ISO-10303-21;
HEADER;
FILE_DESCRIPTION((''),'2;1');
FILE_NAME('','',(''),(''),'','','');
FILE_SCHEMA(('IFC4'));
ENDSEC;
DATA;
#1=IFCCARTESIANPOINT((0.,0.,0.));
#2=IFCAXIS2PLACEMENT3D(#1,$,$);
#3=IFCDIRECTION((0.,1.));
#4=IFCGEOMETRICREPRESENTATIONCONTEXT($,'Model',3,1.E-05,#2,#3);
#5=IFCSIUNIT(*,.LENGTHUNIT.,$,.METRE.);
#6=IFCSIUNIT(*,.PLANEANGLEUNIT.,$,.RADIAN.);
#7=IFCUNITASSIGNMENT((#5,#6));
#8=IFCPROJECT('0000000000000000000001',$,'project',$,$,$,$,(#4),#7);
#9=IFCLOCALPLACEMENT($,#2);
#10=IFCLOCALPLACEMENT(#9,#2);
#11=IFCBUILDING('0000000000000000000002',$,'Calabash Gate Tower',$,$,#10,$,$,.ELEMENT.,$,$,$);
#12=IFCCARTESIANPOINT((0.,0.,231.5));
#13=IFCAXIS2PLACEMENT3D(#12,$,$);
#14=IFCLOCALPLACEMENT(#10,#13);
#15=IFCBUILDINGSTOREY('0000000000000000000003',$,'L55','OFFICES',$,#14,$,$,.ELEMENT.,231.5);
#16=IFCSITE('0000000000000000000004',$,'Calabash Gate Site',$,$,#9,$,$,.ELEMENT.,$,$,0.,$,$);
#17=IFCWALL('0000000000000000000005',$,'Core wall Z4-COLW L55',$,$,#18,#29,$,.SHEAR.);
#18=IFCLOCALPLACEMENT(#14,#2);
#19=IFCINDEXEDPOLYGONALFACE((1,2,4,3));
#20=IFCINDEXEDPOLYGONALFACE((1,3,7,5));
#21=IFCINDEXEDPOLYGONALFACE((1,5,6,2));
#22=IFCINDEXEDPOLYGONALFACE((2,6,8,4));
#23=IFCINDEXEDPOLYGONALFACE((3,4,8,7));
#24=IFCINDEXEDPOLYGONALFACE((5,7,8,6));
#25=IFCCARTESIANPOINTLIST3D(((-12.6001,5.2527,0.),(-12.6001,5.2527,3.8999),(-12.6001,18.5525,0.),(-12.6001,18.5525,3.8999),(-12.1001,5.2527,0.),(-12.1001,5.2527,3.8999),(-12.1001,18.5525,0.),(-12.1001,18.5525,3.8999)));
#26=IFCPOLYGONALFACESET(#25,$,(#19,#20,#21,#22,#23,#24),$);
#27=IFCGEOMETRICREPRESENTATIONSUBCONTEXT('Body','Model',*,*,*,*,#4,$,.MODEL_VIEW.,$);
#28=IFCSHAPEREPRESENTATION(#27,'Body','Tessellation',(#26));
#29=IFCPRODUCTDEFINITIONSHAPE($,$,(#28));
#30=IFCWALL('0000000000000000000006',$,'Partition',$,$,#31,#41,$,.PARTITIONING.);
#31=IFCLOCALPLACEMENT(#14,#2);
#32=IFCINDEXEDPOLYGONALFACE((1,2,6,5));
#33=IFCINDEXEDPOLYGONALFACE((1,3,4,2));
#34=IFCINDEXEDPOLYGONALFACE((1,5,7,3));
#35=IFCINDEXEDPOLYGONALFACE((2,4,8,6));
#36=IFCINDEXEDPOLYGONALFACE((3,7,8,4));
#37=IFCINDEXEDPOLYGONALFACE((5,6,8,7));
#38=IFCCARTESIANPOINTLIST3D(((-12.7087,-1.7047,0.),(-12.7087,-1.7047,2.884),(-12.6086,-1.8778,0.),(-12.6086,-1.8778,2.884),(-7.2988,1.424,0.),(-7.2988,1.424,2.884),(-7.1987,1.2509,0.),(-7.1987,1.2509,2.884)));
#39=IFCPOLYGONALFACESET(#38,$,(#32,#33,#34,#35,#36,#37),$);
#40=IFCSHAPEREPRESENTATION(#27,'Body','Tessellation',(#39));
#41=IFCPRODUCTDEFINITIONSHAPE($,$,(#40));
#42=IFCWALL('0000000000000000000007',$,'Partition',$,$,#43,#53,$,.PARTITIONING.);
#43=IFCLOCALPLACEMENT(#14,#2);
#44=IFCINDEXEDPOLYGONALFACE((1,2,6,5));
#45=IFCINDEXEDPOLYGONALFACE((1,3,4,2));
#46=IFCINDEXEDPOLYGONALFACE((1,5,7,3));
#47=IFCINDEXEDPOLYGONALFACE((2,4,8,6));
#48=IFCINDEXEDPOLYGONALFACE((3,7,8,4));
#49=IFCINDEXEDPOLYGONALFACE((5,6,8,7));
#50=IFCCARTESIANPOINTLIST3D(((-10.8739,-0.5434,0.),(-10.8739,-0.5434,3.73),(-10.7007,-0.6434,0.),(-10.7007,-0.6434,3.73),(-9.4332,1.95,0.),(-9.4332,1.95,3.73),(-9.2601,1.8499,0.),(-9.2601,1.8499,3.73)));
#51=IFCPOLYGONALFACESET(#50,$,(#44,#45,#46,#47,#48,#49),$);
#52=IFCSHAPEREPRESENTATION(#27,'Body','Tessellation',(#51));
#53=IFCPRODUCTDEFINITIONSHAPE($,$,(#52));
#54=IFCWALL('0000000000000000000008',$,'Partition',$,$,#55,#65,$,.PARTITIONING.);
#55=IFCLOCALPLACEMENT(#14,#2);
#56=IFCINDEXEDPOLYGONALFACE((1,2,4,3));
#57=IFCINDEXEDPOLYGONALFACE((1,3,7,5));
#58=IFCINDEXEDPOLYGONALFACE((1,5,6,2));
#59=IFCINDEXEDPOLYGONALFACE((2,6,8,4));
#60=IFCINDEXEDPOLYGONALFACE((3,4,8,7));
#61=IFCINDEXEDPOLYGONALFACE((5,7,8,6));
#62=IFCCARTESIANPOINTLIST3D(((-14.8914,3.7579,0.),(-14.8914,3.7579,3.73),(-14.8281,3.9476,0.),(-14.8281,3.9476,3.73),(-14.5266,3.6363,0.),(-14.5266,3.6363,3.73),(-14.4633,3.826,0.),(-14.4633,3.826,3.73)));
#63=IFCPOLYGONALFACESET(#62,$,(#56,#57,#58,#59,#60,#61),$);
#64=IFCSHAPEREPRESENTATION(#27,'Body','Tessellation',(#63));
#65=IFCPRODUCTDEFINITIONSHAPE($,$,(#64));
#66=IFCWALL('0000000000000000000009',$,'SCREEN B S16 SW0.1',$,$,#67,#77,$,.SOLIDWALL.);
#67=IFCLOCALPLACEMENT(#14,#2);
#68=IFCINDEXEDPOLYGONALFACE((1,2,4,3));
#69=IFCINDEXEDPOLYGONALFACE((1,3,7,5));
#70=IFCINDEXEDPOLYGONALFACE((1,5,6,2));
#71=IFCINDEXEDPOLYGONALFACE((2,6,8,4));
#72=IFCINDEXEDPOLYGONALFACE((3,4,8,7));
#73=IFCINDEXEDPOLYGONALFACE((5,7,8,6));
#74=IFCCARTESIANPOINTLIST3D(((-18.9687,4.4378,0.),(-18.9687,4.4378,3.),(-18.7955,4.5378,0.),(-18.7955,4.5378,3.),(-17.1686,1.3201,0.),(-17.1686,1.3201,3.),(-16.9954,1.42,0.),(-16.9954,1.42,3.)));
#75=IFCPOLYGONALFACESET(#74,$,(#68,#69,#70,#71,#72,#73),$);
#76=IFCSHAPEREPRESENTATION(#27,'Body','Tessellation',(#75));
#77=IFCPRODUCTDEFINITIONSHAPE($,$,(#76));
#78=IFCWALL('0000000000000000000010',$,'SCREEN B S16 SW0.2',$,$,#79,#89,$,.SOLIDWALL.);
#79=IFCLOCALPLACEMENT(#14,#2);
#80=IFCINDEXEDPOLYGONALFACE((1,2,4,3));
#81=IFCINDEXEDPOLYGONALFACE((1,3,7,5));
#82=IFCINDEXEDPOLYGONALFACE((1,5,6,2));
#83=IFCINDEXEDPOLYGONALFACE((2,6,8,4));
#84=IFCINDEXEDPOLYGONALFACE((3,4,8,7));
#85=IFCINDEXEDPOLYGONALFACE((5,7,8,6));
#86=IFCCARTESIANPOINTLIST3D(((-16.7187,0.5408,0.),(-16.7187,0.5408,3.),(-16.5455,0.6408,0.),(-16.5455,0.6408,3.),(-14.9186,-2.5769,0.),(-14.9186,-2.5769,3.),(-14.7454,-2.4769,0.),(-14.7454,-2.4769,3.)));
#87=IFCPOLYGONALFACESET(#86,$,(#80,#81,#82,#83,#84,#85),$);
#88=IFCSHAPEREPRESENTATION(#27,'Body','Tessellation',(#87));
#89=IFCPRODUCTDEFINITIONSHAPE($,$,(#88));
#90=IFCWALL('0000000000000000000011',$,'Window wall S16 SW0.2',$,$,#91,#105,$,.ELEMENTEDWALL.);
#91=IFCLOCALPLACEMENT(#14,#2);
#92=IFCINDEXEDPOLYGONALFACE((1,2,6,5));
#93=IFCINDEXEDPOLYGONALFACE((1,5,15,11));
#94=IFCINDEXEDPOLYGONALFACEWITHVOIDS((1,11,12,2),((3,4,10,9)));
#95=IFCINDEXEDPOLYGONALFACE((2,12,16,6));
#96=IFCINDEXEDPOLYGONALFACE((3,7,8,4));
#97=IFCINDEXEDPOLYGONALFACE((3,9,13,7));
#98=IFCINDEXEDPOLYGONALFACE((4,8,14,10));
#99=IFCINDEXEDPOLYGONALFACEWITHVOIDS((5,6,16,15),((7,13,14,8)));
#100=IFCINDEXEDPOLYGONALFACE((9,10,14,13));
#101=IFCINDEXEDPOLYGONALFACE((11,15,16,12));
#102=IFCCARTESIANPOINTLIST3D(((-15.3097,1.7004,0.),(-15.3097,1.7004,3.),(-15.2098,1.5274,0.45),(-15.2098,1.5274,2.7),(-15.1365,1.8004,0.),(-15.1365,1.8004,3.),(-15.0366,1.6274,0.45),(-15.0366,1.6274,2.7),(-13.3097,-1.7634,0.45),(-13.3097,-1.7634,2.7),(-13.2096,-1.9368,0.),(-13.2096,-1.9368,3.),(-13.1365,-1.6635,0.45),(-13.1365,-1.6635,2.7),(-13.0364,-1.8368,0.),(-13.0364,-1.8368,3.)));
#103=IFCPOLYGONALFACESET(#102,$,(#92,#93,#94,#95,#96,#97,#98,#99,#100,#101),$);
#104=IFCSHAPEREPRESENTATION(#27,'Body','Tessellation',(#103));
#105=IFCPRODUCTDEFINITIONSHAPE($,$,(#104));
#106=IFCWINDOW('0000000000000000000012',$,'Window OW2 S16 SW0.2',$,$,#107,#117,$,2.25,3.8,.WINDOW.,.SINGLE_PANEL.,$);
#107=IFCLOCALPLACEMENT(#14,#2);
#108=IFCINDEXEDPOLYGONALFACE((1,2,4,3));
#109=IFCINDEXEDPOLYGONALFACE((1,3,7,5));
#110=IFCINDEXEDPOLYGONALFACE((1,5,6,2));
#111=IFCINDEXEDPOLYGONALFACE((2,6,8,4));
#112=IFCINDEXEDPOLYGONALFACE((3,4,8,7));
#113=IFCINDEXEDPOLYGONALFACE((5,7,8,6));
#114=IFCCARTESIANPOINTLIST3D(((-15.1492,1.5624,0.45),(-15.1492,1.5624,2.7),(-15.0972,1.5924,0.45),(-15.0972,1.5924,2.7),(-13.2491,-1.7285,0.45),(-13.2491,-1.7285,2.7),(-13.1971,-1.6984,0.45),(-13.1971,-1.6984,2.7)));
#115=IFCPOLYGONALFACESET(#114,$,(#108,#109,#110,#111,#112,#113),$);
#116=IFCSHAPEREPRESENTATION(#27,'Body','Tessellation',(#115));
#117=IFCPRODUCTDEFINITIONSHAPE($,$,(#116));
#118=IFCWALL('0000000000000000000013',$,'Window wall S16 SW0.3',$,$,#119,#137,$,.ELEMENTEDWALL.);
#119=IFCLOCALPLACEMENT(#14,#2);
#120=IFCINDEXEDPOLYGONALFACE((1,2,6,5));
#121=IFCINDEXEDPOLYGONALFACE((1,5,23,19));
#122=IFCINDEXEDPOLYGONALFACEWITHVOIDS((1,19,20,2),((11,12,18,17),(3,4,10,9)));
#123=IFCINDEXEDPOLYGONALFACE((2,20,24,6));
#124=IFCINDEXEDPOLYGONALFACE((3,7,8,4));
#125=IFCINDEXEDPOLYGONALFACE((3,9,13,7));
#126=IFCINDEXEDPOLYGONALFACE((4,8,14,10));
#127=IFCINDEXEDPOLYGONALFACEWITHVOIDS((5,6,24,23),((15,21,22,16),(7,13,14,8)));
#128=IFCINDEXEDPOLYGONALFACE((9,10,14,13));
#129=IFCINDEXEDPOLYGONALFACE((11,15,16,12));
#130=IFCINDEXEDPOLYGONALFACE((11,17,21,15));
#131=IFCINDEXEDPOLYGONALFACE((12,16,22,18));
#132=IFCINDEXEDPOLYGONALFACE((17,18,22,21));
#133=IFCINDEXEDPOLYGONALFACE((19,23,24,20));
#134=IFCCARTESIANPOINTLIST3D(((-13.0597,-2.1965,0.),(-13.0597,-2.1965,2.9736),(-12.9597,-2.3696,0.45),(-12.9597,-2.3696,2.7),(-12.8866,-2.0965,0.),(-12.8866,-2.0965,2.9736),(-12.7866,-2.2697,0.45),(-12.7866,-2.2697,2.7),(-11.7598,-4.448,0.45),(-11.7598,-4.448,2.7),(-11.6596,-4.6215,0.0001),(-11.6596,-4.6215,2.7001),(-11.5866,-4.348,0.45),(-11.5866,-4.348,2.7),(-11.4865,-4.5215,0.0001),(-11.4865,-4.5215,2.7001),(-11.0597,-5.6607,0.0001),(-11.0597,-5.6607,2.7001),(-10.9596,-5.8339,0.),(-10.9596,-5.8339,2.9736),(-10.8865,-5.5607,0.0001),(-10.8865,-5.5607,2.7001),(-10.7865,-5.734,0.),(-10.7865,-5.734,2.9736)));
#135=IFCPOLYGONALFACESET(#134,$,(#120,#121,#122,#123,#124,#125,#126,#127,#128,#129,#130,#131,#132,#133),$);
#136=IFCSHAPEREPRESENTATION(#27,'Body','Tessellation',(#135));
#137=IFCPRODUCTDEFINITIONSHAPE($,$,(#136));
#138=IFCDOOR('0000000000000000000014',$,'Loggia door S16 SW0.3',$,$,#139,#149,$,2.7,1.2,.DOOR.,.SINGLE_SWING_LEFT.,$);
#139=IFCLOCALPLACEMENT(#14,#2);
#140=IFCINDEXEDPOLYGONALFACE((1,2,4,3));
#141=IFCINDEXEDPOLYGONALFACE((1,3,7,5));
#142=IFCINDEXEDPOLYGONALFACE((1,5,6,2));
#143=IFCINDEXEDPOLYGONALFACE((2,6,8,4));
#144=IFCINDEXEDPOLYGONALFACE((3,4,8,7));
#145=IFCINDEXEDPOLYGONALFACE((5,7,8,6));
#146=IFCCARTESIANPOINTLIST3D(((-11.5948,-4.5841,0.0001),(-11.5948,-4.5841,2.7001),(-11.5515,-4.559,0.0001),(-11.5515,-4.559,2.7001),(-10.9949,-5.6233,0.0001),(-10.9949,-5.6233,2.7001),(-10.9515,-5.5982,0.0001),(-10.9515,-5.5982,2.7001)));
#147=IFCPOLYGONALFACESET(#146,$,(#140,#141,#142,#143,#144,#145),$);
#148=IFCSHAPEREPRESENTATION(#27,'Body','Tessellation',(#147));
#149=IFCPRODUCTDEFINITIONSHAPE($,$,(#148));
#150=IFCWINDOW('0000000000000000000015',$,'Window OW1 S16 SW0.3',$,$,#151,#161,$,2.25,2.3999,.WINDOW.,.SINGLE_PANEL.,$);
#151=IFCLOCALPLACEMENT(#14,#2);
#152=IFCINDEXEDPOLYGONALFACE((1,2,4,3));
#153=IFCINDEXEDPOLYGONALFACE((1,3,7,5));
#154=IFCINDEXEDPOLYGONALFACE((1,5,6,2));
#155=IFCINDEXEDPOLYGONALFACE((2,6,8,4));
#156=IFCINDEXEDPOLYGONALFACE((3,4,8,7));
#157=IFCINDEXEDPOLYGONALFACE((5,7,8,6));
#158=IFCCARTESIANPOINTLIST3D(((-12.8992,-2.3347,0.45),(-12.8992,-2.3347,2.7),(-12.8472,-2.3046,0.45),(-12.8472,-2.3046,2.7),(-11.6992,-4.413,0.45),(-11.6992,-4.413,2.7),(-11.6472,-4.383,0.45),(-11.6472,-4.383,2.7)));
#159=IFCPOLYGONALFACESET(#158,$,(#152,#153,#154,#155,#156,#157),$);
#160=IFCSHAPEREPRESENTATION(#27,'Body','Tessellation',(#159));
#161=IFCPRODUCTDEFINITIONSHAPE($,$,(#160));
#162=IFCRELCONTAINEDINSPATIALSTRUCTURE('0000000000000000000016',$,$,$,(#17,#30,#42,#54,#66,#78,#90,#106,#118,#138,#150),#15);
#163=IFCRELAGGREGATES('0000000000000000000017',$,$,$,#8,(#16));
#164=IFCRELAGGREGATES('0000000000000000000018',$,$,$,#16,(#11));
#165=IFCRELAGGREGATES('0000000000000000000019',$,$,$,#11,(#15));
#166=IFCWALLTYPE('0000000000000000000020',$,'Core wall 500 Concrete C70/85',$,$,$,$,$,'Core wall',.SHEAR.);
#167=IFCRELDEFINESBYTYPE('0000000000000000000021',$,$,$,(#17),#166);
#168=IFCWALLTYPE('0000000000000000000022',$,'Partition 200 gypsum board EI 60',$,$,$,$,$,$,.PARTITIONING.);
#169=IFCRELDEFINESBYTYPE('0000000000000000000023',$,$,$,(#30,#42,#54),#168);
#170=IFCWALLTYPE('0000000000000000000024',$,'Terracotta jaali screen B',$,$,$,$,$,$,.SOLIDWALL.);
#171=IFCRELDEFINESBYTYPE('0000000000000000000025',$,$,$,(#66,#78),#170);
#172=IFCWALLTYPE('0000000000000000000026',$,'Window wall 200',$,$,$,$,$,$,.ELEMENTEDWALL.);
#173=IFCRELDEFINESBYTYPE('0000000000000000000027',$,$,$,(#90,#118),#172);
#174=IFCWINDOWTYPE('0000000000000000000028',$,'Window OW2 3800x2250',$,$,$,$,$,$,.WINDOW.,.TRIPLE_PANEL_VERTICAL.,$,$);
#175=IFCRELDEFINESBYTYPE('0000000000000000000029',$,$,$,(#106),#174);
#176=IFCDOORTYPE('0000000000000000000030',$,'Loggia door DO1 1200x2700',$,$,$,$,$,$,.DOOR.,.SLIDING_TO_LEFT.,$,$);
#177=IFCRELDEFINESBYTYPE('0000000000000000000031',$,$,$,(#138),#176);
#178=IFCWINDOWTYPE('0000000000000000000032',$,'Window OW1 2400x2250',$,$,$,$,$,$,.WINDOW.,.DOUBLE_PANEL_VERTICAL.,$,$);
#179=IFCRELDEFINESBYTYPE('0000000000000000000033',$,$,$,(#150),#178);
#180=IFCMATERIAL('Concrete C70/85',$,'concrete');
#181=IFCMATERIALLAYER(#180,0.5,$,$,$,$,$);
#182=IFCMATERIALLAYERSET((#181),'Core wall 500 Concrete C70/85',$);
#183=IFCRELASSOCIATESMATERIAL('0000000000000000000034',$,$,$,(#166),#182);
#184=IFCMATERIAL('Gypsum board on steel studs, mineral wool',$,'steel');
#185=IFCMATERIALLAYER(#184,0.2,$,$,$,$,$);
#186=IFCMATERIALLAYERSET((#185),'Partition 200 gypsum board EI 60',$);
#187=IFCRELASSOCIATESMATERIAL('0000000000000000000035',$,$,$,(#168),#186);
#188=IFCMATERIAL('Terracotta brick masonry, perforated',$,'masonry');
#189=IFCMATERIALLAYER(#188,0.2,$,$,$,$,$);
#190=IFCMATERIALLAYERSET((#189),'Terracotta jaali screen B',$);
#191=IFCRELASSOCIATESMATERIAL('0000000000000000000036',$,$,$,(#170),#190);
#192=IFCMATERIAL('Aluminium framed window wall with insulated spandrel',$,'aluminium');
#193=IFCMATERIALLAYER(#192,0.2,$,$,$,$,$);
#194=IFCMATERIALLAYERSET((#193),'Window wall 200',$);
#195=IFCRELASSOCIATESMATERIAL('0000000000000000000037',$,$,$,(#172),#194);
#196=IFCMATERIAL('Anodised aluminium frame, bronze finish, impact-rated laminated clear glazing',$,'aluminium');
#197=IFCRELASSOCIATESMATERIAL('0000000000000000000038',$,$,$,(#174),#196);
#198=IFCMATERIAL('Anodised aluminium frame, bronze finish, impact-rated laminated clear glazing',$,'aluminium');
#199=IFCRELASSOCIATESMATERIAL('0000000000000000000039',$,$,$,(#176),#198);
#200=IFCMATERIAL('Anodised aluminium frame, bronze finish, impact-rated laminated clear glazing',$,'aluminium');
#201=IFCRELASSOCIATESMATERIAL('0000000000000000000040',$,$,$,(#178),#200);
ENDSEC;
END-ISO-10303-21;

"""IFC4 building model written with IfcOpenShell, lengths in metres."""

from ifc_helpers import new_model, si_unit, direction, frame, frame_2d, origin, place, context, subcontext, project, spatial, rectangle, extrude, material, layer, layer_set, type_object, element, fill, save


model = new_model("IFC4")

# Units and contexts
model_context = context("Model", 3, precision=1e-05, world=origin(), true_north=direction((0.0, 1.0)))
body_context = subcontext(model_context, "Body", "Model", "MODEL_VIEW")
ifc_project = project(units=[si_unit("LENGTHUNIT", "METRE"), si_unit("PLANEANGLEUNIT", "RADIAN")], contexts=[model_context])

# Site, building, storey
site_placement = place(None, origin())
site = spatial("IfcSite", under=ifc_project, at=site_placement, Name="Calabash Gate Site", CompositionType="ELEMENT", RefElevation=0.0)
building_placement = place(site_placement, origin())
building = spatial("IfcBuilding", under=site, at=building_placement, Name="Calabash Gate Tower", CompositionType="ELEMENT")
storey_placement = place(building_placement, frame((0.0, 0.0, 231.5)))
storey = spatial("IfcBuildingStorey", under=building, at=storey_placement, Name="L55", Description="OFFICES", CompositionType="ELEMENT", Elevation=231.5)

# Walls
ifc_material_1 = material(Name="Concrete C70/85", Category="concrete")
ifc_layer_1 = layer(ifc_material_1, 0.5)
ifc_layer_set_1 = layer_set([ifc_layer_1], Name="Core wall 500 Concrete C70/85")
wall_type_1 = type_object("IfcWallType", Name="Core wall 500 Concrete C70/85", ElementType="Core wall", PredefinedType="SHEAR", material=ifc_layer_set_1)
wall_1_placement = place(storey_placement, frame((-12.3501, 5.2527, 0.0), z_axis=(0.0, 0.0, 1.0), x_axis=(0.0, 1.0, 0.0)))
element("IfcWall", 1, at=wall_1_placement, inside=storey, type_object=wall_type_1, Name="Core wall Z4-COLW L55", PredefinedType="SHEAR", context=body_context, shape_type="SweptSolid", body=[
    extrude(rectangle(XDim=13.2998, YDim=0.5, at=frame_2d((6.6499, 0.0))), origin(), (0.0, 0.0, 1.0), 3.8999),
])
ifc_material_2 = material(Name="Gypsum board on steel studs, mineral wool", Category="steel")
ifc_layer_2 = layer(ifc_material_2, 0.2)
ifc_layer_set_2 = layer_set([ifc_layer_2], Name="Partition 200 gypsum board EI 60")
wall_type_2 = type_object("IfcWallType", Name="Partition 200 gypsum board EI 60", PredefinedType="PARTITIONING", material=ifc_layer_set_2)
wall_2_placement = place(storey_placement, frame((-12.6587, -1.7913, 0.0), z_axis=(0.0, 0.0, 1.0), x_axis=(0.865662, 0.50063, 0.0)))
element("IfcWall", 2, at=wall_2_placement, inside=storey, type_object=wall_type_2, Name="Partition", PredefinedType="PARTITIONING", context=body_context, shape_type="SweptSolid", body=[
    extrude(rectangle(XDim=6.2495, YDim=0.2, at=frame_2d((3.1248, 0.0))), origin(), (0.0, 0.0, 1.0), 2.884),
])
wall_3_placement = place(storey_placement, frame((-10.7874, -0.5935, 0.0), z_axis=(0.0, 0.0, 1.0), x_axis=(0.500287, 0.865859, 0.0)))
element("IfcWall", 3, at=wall_3_placement, inside=storey, type_object=wall_type_2, Name="Partition", PredefinedType="PARTITIONING", context=body_context, shape_type="SweptSolid", body=[
    extrude(rectangle(XDim=2.8796, YDim=0.2, at=frame_2d((1.4399, 0.0))), origin(), (0.0, 0.0, 1.0), 3.73),
])

# Walls
wall_4_placement = place(storey_placement, frame((-14.8599, 3.8528, 0.0), z_axis=(0.0, 0.0, 1.0), x_axis=(0.948683, -0.316228, 0.0)))
element("IfcWall", 4, at=wall_4_placement, inside=storey, type_object=wall_type_2, Name="Partition", PredefinedType="PARTITIONING", context=body_context, shape_type="SweptSolid", body=[
    extrude(rectangle(XDim=0.3845, YDim=0.2, at=frame_2d((0.1924, 0.0))), origin(), (0.0, 0.0, 1.0), 3.73),
])
ifc_material_3 = material(Name="Terracotta brick masonry, perforated", Category="masonry")
ifc_layer_3 = layer(ifc_material_3, 0.2)
ifc_layer_set_3 = layer_set([ifc_layer_3], Name="Terracotta jaali screen B")
wall_type_3 = type_object("IfcWallType", Name="Terracotta jaali screen B", PredefinedType="SOLIDWALL", material=ifc_layer_set_3)
for number, where, z_axis, x_axis, name in (
    (5, (-18.8821, 4.4878, 0.0), (0.0, 0.0, 1.0), (0.500012, -0.866018, 0.0), "SCREEN B S16 SW0.1"),
    (6, (-16.6321, 0.5908, 0.0), (0.0, 0.0, 1.0), (0.500012, -0.866018, 0.0), "SCREEN B S16 SW0.2"),
):
    element("IfcWall", number, at=place(storey_placement, frame(where, z_axis=z_axis, x_axis=x_axis)), inside=storey, type_object=wall_type_3, Name=name, PredefinedType="SOLIDWALL", context=body_context, shape_type="SweptSolid", body=[
        extrude(rectangle(XDim=3.6001, YDim=0.2, at=frame_2d((1.8, 0.0))), origin(), (0.0, 0.0, 1.0), 3.0),
    ])

# Wall, opening, window
ifc_material_4 = material(Name="Aluminium framed window wall with insulated spandrel", Category="aluminium")
ifc_layer_4 = layer(ifc_material_4, 0.2)
ifc_layer_set_4 = layer_set([ifc_layer_4], Name="Window wall 200")
wall_type_4 = type_object("IfcWallType", Name="Window wall 200", PredefinedType="ELEMENTEDWALL", material=ifc_layer_set_4)
wall_5_placement = place(storey_placement, frame((-15.2231, 1.7505, 0.0), z_axis=(0.0, 0.0, 1.0), x_axis=(0.500028, -0.866009, 0.0)))
wall_5 = element("IfcWall", 7, at=wall_5_placement, inside=storey, type_object=wall_type_4, Name="Window wall S16 SW0.2", PredefinedType="ELEMENTEDWALL", context=body_context, shape_type="SweptSolid", body=[
    extrude(rectangle(XDim=4.2, YDim=0.2, at=frame_2d((2.1001, 0.0))), origin(), (0.0, 0.0, 1.0), 3.0),
])
opening_1_placement = place(wall_5_placement, frame((0.2, 0.0, 0.45)))
opening_1 = element("IfcOpeningElement", 8, at=opening_1_placement, cuts=wall_5, PredefinedType="OPENING", context=body_context, shape_type="SweptSolid", body=[
    extrude(rectangle(XDim=3.8, YDim=2.25, at=frame_2d((1.8999, 1.125))), frame((0.0, 0.1099, 0.0), z_axis=(0.0, -1.0, 0.0), x_axis=(1.0, 0.0, 0.0)), (0.0, 0.0, 1.0), 0.22),
])
ifc_material_5 = material(Name="Anodised aluminium frame, bronze finish, impact-rated laminated clear glazing", Category="aluminium")
window_type_1 = type_object("IfcWindowType", Name="Window OW2 3800x2250", PartitioningType="TRIPLE_PANEL_VERTICAL", PredefinedType="WINDOW", material=ifc_material_5)
window_1_placement = place(opening_1_placement, origin())
window_1 = element("IfcWindow", 9, at=window_1_placement, inside=storey, type_object=window_type_1, Name="Window OW2 S16 SW0.2", OverallHeight=2.25, OverallWidth=3.8, PartitioningType="SINGLE_PANEL", PredefinedType="WINDOW", context=body_context, shape_type="SweptSolid", body=[
    extrude(rectangle(XDim=3.8, YDim=2.25, at=frame_2d((1.8999, 1.125))), frame((0.0, 0.03, 0.0), z_axis=(0.0, -1.0, 0.0), x_axis=(1.0, 0.0, 0.0)), (0.0, 0.0, 1.0), 0.0601),
])
fill(opening_1, window_1)

# Wall, openings, door, window
wall_6_placement = place(storey_placement, frame((-12.9731, -2.1465, 0.0), z_axis=(0.0, 0.0, 1.0), x_axis=(0.500003, -0.866024, 0.0)))
wall_6 = element("IfcWall", 10, at=wall_6_placement, inside=storey, type_object=wall_type_4, Name="Window wall S16 SW0.3", PredefinedType="ELEMENTEDWALL", context=body_context, shape_type="SweptSolid", body=[
    extrude(rectangle(XDim=4.2002, YDim=0.2, at=frame_2d((2.1001, 0.0))), origin(), (0.0, 0.0, 1.0), 2.9736),
])
opening_2_placement = place(wall_6_placement, frame((0.2, 0.0, 0.45)))
opening_2 = element("IfcOpeningElement", 11, at=opening_2_placement, cuts=wall_6, PredefinedType="OPENING", context=body_context, shape_type="SweptSolid", body=[
    extrude(rectangle(XDim=2.3999, YDim=2.25, at=frame_2d((1.2, 1.125))), frame((0.0, 0.1099, 0.0), z_axis=(0.0, -1.0, 0.0), x_axis=(1.0, 0.0, 0.0)), (0.0, 0.0, 1.0), 0.22),
])
opening_3_placement = place(wall_6_placement, frame((2.8, 0.0, 0.0)))
opening_3 = element("IfcOpeningElement", 12, at=opening_3_placement, cuts=wall_6, PredefinedType="OPENING", context=body_context, shape_type="SweptSolid", body=[
    extrude(rectangle(XDim=1.2, YDim=2.7, at=frame_2d((0.6001, 1.3501))), frame((0.0, 0.1099, 0.0), z_axis=(0.0, -1.0, 0.0), x_axis=(1.0, 0.0, 0.0)), (0.0, 0.0, 1.0), 0.22),
])
ifc_material_6 = material(Name="Anodised aluminium frame, bronze finish, impact-rated laminated clear glazing", Category="aluminium")
door_type_1 = type_object("IfcDoorType", Name="Loggia door DO1 1200x2700", OperationType="SLIDING_TO_LEFT", PredefinedType="DOOR", material=ifc_material_6)
door_1_placement = place(opening_3_placement, origin())
door_1 = element("IfcDoor", 13, at=door_1_placement, inside=storey, type_object=door_type_1, Name="Loggia door S16 SW0.3", OperationType="SINGLE_SWING_LEFT", OverallHeight=2.7, OverallWidth=1.2, PredefinedType="DOOR", context=body_context, shape_type="SweptSolid", body=[
    extrude(rectangle(XDim=1.2, YDim=2.7, at=frame_2d((0.6001, 1.3501))), frame((0.0, 0.0249, 0.0), z_axis=(0.0, -1.0, 0.0), x_axis=(1.0, 0.0, 0.0)), (0.0, 0.0, 1.0), 0.05),
])
fill(opening_3, door_1)
ifc_material_7 = material(Name="Anodised aluminium frame, bronze finish, impact-rated laminated clear glazing", Category="aluminium")
window_type_2 = type_object("IfcWindowType", Name="Window OW1 2400x2250", PartitioningType="DOUBLE_PANEL_VERTICAL", PredefinedType="WINDOW", material=ifc_material_7)
window_2_placement = place(opening_2_placement, origin())
window_2 = element("IfcWindow", 14, at=window_2_placement, inside=storey, type_object=window_type_2, Name="Window OW1 S16 SW0.3", OverallHeight=2.25, OverallWidth=2.3999, PartitioningType="SINGLE_PANEL", PredefinedType="WINDOW", context=body_context, shape_type="SweptSolid", body=[
    extrude(rectangle(XDim=2.3999, YDim=2.25, at=frame_2d((1.2, 1.125))), frame((0.0, 0.03, 0.0), z_axis=(0.0, -1.0, 0.0), x_axis=(1.0, 0.0, 0.0)), (0.0, 0.0, 1.0), 0.0601),
])
fill(opening_2, window_2)

save(model, "model.ifc")
